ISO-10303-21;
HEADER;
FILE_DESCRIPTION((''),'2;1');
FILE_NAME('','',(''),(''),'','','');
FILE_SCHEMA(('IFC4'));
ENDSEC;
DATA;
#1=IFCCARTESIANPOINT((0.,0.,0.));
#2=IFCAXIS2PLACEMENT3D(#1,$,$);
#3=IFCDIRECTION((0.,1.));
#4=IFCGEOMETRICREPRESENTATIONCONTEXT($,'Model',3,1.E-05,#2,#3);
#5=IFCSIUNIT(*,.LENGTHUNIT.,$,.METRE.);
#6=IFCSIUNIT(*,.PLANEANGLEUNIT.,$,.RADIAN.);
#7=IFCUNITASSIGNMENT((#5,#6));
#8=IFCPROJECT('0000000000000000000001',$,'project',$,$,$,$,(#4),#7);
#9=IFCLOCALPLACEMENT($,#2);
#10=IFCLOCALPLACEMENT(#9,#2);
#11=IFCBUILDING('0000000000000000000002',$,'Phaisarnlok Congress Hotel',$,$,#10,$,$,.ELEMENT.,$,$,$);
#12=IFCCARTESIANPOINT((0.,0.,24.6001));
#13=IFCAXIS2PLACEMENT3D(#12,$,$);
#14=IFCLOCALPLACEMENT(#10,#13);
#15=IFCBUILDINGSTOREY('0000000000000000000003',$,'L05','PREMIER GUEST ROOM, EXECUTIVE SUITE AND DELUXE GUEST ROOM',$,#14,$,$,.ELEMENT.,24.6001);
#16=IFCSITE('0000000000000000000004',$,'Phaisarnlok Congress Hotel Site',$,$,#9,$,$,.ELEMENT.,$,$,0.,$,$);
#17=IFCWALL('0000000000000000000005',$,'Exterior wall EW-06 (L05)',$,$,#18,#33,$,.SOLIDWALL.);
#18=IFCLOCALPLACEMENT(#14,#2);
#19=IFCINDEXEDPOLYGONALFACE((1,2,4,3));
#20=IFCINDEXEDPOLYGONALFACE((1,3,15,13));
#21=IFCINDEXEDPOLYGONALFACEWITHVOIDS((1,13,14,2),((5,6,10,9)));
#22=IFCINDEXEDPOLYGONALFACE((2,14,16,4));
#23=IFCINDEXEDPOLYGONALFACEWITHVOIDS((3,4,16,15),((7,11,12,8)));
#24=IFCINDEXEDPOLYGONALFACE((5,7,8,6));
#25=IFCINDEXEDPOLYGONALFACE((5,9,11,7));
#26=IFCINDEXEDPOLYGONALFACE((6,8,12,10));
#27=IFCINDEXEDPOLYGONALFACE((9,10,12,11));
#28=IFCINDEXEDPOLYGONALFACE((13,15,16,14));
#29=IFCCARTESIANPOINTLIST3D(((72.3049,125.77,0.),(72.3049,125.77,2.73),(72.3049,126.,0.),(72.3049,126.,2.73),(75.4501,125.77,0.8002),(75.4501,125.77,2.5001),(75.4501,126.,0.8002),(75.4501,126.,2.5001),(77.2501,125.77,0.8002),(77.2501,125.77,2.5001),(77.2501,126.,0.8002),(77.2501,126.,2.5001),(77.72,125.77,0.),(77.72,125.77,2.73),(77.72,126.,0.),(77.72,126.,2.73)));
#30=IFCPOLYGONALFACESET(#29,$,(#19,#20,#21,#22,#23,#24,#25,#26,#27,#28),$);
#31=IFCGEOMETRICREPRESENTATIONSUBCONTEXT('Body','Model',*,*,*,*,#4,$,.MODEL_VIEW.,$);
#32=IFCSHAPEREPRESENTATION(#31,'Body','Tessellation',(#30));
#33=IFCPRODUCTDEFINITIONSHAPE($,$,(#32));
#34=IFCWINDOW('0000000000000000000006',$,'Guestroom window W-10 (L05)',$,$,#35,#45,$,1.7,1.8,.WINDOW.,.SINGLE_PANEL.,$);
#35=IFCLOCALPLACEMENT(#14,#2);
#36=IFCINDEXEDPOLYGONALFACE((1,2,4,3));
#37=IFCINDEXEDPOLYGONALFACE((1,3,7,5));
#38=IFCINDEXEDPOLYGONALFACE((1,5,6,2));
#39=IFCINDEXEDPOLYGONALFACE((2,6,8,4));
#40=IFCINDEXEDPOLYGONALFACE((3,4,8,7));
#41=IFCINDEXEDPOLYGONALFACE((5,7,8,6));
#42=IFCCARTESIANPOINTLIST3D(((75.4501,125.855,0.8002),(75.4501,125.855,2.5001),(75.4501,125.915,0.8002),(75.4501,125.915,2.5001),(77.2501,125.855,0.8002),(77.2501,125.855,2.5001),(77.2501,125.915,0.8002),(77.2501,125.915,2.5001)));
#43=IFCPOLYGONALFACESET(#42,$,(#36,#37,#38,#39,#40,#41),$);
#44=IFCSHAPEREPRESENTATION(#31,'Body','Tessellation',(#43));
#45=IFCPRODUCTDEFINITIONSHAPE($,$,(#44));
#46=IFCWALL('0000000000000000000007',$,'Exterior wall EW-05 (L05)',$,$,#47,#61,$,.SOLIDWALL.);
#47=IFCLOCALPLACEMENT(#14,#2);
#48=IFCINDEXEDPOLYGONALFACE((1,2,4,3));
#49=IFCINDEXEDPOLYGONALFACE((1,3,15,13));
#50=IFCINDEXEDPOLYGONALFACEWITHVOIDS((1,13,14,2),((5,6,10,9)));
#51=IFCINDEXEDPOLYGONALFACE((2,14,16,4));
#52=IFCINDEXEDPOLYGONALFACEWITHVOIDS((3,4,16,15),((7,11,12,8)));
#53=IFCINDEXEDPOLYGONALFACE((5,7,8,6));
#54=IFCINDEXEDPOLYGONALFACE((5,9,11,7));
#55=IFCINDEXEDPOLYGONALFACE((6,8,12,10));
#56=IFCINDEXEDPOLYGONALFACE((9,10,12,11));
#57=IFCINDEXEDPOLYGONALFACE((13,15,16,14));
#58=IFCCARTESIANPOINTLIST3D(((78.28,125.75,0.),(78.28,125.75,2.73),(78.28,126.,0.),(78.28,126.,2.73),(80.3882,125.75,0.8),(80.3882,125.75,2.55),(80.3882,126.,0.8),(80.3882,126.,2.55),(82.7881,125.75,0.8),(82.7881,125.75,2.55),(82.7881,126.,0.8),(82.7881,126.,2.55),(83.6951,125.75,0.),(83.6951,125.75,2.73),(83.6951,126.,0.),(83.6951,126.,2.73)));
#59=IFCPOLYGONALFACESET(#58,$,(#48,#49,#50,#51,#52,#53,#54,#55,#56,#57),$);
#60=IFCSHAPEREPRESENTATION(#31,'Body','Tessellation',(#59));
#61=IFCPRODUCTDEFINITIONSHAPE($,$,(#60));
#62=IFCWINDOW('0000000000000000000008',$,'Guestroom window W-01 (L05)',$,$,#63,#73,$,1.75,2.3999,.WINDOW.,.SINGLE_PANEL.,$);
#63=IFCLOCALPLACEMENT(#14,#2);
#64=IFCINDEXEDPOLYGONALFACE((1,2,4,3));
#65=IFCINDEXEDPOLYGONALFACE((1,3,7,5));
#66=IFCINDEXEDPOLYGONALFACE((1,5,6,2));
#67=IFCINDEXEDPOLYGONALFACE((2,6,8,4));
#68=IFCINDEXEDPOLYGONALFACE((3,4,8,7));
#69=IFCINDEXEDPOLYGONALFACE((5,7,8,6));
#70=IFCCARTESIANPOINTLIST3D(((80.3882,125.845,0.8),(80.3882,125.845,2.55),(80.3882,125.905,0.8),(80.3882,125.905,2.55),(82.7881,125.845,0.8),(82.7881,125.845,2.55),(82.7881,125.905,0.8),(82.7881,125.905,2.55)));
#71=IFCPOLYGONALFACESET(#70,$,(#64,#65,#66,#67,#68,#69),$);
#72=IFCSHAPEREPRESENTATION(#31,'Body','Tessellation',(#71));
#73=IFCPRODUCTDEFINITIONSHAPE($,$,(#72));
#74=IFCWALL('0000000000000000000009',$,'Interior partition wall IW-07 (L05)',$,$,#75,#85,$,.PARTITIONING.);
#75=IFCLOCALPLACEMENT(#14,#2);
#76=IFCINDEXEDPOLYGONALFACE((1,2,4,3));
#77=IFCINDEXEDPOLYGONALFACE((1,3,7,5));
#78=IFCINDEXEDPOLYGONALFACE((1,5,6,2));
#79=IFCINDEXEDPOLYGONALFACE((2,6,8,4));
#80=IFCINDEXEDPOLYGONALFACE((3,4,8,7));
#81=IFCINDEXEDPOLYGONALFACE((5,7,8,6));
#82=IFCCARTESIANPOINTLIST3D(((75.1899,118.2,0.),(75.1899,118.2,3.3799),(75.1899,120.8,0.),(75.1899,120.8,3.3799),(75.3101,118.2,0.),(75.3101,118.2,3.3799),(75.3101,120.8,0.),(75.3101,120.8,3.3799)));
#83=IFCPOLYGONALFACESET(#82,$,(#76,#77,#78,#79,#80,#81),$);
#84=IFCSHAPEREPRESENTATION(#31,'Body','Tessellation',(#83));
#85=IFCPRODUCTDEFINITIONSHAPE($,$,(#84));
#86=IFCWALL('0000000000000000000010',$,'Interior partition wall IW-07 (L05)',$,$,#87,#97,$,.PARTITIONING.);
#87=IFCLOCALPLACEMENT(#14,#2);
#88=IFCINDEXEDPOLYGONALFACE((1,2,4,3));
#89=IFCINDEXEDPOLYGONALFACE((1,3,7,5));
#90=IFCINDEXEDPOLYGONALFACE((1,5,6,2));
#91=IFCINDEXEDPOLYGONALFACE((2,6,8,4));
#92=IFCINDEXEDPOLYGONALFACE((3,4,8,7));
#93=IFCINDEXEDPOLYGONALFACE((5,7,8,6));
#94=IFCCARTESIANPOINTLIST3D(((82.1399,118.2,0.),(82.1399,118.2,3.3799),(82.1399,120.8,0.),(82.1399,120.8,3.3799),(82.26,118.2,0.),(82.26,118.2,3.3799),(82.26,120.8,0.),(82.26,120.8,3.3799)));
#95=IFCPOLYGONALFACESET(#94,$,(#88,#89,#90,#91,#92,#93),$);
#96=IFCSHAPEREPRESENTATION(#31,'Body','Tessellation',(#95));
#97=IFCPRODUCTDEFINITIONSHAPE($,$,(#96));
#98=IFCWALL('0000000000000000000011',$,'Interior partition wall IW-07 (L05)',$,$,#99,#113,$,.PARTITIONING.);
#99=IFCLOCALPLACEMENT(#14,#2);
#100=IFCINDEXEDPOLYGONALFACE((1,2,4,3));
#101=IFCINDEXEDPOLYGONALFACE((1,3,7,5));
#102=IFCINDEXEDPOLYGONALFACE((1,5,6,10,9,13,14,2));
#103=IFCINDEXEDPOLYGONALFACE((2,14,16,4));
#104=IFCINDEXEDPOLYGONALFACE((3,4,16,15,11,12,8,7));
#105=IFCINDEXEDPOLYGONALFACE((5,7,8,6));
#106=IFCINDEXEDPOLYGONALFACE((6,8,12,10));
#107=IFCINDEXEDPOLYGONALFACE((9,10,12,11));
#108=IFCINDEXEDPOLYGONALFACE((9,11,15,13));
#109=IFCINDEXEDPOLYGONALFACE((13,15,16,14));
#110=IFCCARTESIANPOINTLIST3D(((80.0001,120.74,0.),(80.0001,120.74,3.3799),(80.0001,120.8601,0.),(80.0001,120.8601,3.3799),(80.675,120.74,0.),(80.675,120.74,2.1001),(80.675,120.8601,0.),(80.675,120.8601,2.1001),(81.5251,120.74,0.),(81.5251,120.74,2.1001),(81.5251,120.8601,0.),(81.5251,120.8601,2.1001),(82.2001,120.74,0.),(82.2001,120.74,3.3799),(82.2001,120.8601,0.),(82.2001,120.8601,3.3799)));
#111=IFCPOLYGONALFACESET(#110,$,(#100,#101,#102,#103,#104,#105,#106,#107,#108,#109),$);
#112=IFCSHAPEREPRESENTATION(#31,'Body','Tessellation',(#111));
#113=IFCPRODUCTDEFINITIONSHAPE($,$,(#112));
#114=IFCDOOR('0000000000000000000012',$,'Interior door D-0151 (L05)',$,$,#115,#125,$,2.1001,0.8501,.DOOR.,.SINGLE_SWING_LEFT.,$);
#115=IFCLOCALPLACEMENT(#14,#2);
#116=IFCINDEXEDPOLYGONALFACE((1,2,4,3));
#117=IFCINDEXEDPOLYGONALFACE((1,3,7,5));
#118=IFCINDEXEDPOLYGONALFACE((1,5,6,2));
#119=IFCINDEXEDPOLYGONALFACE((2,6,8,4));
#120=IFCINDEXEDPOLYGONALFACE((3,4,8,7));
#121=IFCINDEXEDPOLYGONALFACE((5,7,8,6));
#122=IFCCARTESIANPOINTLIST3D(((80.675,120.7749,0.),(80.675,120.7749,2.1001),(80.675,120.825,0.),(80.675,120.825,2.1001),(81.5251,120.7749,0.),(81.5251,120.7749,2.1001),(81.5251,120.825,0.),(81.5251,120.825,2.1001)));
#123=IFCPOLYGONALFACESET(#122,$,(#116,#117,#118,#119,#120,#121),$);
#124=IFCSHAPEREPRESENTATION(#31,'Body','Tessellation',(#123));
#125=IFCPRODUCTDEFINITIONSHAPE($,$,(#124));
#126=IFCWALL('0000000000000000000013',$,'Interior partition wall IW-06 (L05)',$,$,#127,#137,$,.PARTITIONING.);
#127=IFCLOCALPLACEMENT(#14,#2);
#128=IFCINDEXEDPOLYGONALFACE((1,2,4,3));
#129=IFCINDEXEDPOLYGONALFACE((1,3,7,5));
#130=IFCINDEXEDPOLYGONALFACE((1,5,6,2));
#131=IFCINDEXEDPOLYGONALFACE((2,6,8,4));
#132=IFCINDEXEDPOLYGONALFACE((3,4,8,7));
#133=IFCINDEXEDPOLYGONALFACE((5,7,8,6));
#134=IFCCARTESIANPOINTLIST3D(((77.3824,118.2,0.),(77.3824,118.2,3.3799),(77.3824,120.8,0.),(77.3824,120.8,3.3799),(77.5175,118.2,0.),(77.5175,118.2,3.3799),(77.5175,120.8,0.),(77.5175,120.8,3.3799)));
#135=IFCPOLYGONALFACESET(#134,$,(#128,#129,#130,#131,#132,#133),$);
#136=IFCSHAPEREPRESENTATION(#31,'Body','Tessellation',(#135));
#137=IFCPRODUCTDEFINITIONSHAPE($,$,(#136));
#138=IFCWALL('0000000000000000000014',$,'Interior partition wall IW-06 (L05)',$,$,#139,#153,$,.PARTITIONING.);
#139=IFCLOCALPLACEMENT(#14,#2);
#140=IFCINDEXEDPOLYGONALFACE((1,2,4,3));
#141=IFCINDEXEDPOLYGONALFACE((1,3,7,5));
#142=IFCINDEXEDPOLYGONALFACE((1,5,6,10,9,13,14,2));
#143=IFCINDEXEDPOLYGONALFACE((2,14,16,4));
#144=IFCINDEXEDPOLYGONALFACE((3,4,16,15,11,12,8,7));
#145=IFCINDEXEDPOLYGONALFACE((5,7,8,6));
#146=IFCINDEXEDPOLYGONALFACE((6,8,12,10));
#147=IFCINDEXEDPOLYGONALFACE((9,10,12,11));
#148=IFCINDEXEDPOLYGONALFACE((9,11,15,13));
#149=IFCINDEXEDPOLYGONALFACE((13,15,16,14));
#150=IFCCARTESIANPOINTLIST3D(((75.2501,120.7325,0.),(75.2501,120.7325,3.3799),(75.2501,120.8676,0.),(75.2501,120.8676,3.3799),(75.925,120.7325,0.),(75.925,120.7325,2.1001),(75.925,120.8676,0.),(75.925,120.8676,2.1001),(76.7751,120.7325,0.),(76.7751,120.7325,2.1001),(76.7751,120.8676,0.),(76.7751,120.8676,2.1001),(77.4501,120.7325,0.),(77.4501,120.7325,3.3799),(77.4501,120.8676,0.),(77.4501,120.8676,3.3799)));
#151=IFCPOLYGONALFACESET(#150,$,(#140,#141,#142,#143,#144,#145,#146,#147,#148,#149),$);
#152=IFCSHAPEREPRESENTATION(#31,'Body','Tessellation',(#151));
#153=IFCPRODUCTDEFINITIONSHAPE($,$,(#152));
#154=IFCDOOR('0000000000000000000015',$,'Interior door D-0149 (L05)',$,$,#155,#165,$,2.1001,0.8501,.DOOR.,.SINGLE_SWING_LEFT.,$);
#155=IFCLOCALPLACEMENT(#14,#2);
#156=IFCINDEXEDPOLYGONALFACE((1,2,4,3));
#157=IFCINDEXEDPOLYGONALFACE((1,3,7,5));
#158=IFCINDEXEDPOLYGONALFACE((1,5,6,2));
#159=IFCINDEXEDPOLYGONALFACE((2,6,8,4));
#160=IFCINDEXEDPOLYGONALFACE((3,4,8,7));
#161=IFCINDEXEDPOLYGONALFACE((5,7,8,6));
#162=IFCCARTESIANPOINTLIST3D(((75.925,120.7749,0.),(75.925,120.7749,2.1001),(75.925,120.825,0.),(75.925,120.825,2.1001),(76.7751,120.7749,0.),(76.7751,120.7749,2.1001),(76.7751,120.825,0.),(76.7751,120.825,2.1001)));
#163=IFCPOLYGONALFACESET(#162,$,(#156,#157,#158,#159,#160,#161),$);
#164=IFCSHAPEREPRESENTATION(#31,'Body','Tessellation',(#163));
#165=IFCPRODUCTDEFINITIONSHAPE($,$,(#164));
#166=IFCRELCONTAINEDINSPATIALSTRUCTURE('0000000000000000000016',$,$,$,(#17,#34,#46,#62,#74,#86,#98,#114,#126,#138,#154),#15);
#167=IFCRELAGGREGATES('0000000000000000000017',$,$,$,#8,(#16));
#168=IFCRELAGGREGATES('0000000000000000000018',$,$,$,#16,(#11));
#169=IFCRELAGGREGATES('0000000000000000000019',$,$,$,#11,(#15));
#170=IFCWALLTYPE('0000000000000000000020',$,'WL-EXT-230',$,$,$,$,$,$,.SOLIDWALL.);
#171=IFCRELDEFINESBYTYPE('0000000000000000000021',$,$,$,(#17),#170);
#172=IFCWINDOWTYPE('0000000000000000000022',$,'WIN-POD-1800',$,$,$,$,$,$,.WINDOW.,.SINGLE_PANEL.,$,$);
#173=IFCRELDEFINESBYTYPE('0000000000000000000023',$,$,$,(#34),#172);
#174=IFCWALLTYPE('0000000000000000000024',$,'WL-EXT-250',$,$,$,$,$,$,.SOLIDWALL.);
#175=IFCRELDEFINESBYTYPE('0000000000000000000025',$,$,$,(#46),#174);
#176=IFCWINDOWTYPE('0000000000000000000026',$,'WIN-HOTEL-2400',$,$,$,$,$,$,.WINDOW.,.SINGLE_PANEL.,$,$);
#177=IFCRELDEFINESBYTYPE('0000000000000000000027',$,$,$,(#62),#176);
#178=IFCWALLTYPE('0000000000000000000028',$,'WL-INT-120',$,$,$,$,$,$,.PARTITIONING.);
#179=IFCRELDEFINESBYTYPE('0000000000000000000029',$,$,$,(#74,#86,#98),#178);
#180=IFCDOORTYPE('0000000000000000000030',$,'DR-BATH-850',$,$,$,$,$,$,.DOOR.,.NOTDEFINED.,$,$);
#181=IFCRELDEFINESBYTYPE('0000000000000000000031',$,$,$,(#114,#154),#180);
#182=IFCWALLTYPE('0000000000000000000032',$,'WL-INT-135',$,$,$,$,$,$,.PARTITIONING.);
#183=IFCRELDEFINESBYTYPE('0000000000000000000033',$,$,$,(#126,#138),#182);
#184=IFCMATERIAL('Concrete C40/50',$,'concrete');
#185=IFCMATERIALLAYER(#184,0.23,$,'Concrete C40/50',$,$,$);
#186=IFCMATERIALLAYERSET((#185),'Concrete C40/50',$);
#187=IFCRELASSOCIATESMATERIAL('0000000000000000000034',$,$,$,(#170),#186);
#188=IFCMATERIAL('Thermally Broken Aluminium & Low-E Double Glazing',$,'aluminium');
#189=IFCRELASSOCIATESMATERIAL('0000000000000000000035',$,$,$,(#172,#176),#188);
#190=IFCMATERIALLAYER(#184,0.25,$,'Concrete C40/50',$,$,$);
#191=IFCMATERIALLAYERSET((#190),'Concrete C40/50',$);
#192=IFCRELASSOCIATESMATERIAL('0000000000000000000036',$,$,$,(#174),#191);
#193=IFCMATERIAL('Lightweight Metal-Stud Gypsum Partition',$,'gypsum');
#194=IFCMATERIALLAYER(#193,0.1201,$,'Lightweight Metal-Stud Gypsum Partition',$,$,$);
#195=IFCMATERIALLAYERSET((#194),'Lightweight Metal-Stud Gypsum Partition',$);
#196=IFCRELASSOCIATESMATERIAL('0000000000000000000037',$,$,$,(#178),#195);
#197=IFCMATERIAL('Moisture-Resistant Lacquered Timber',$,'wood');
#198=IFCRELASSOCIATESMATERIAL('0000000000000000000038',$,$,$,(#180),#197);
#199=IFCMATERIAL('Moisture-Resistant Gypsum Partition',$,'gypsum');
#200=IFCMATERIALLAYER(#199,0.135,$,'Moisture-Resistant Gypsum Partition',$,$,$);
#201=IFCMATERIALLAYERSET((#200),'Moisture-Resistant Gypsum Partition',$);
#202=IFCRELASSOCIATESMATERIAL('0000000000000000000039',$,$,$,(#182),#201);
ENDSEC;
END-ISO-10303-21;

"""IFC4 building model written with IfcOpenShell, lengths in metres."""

from ifc_helpers import new_model, si_unit, direction, frame, frame_2d, origin, place, context, subcontext, project, spatial, rectangle, extrude, material, layer, layer_set, type_object, element, fill, save


model = new_model("IFC4")

# Units and contexts
model_context = context("Model", 3, precision=1e-05, world=origin(), true_north=direction((0.0, 1.0)))
body_context = subcontext(model_context, "Body", "Model", "MODEL_VIEW")
ifc_project = project(units=[si_unit("LENGTHUNIT", "METRE"), si_unit("PLANEANGLEUNIT", "RADIAN")], contexts=[model_context])

# Site, building, storey
site_placement = place(None, origin())
site = spatial("IfcSite", under=ifc_project, at=site_placement, Name="Phaisarnlok Congress Hotel Site", CompositionType="ELEMENT", RefElevation=0.0)
building_placement = place(site_placement, origin())
building = spatial("IfcBuilding", under=site, at=building_placement, Name="Phaisarnlok Congress Hotel", CompositionType="ELEMENT")
storey_placement = place(building_placement, frame((0.0, 0.0, 24.6001)))
storey = spatial("IfcBuildingStorey", under=building, at=storey_placement, Name="L05", Description="PREMIER GUEST ROOM, EXECUTIVE SUITE AND DELUXE GUEST ROOM", CompositionType="ELEMENT", Elevation=24.6001)

# Shared definitions
ifc_material_1 = material(Name="Concrete C40/50", Category="concrete")

# Walls, openings, windows
ifc_layer_1 = layer(ifc_material_1, 0.23, Name="Concrete C40/50")
ifc_layer_set_1 = layer_set([ifc_layer_1], Name="Concrete C40/50")
wall_type_1 = type_object("IfcWallType", Name="WL-EXT-230", PredefinedType="SOLIDWALL", material=ifc_layer_set_1)
wall_1_placement = place(storey_placement, frame((77.72, 125.885, 0.0), z_axis=(0.0, 0.0, 1.0), x_axis=(-1.0, 0.0, 0.0)))
wall_1 = element("IfcWall", 1, at=wall_1_placement, inside=storey, type_object=wall_type_1, Name="Exterior wall EW-06 (L05)", PredefinedType="SOLIDWALL", context=body_context, shape_type="SweptSolid", body=[
    extrude(rectangle(XDim=5.415, YDim=0.23, at=frame_2d((2.7075, 0.0))), origin(), (0.0, 0.0, 1.0), 2.73),
])
opening_1_placement = place(wall_1_placement, frame((0.47, 0.0, 0.8)))
opening_1 = element("IfcOpeningElement", 2, at=opening_1_placement, cuts=wall_1, PredefinedType="OPENING", context=body_context, shape_type="SweptSolid", body=[
    extrude(rectangle(XDim=1.8, YDim=1.7, at=frame_2d((0.8999, 0.8501))), frame((0.0, 0.125, 0.0), z_axis=(0.0, -1.0, 0.0), x_axis=(1.0, 0.0, 0.0)), (0.0, 0.0, 1.0), 0.25),
])
ifc_material_2 = material(Name="Thermally Broken Aluminium & Low-E Double Glazing", Category="aluminium")
window_type_1 = type_object("IfcWindowType", Name="WIN-POD-1800", PartitioningType="SINGLE_PANEL", PredefinedType="WINDOW", material=ifc_material_2)
window_1_placement = place(opening_1_placement, origin())
window_1 = element("IfcWindow", 3, at=window_1_placement, inside=storey, type_object=window_type_1, Name="Guestroom window W-10 (L05)", OverallHeight=1.7, OverallWidth=1.8, PartitioningType="SINGLE_PANEL", PredefinedType="WINDOW", context=body_context, shape_type="SweptSolid", body=[
    extrude(rectangle(XDim=1.8, YDim=1.7, at=frame_2d((0.8999, 0.8501))), frame((0.0, 0.03, 0.0), z_axis=(0.0, -1.0, 0.0), x_axis=(1.0, 0.0, 0.0)), (0.0, 0.0, 1.0), 0.0601),
])
fill(opening_1, window_1)
ifc_layer_2 = layer(ifc_material_1, 0.25, Name="Concrete C40/50")
ifc_layer_set_2 = layer_set([ifc_layer_2], Name="Concrete C40/50")
wall_type_2 = type_object("IfcWallType", Name="WL-EXT-250", PredefinedType="SOLIDWALL", material=ifc_layer_set_2)
wall_2_placement = place(storey_placement, frame((83.6951, 125.875, 0.0), z_axis=(0.0, 0.0, 1.0), x_axis=(-1.0, 0.0, 0.0)))
wall_2 = element("IfcWall", 4, at=wall_2_placement, inside=storey, type_object=wall_type_2, Name="Exterior wall EW-05 (L05)", PredefinedType="SOLIDWALL", context=body_context, shape_type="SweptSolid", body=[
    extrude(rectangle(XDim=5.415, YDim=0.25, at=frame_2d((2.7075, 0.0))), origin(), (0.0, 0.0, 1.0), 2.73),
])
opening_2_placement = place(wall_2_placement, frame((0.907, 0.0, 0.8)))
opening_2 = element("IfcOpeningElement", 5, at=opening_2_placement, cuts=wall_2, PredefinedType="OPENING", context=body_context, shape_type="SweptSolid", body=[
    extrude(rectangle(XDim=2.3999, YDim=1.75, at=frame_2d((1.2, 0.875))), frame((0.0, 0.135, 0.0), z_axis=(0.0, -1.0, 0.0), x_axis=(1.0, 0.0, 0.0)), (0.0, 0.0, 1.0), 0.27),
])
window_type_2 = type_object("IfcWindowType", Name="WIN-HOTEL-2400", PartitioningType="SINGLE_PANEL", PredefinedType="WINDOW", material=ifc_material_2)
window_2_placement = place(opening_2_placement, origin())
window_2 = element("IfcWindow", 6, at=window_2_placement, inside=storey, type_object=window_type_2, Name="Guestroom window W-01 (L05)", OverallHeight=1.75, OverallWidth=2.3999, PartitioningType="SINGLE_PANEL", PredefinedType="WINDOW", context=body_context, shape_type="SweptSolid", body=[
    extrude(rectangle(XDim=2.3999, YDim=1.75, at=frame_2d((1.2, 0.875))), frame((0.0, 0.03, 0.0), z_axis=(0.0, -1.0, 0.0), x_axis=(1.0, 0.0, 0.0)), (0.0, 0.0, 1.0), 0.0601),
])
fill(opening_2, window_2)

# Walls
ifc_material_3 = material(Name="Lightweight Metal-Stud Gypsum Partition", Category="gypsum")
ifc_layer_3 = layer(ifc_material_3, 0.1201, Name="Lightweight Metal-Stud Gypsum Partition")
ifc_layer_set_3 = layer_set([ifc_layer_3], Name="Lightweight Metal-Stud Gypsum Partition")
wall_type_3 = type_object("IfcWallType", Name="WL-INT-120", PredefinedType="PARTITIONING", material=ifc_layer_set_3)
for number, where, z_axis, x_axis, name in (
    (7, (75.25, 118.2, 0.0), (0.0, 0.0, 1.0), (0.0, 1.0, 0.0), "Interior partition wall IW-07 (L05)"),
    (8, (82.2, 118.2, 0.0), (0.0, 0.0, 1.0), (0.0, 1.0, 0.0), "Interior partition wall IW-07 (L05)"),
):
    element("IfcWall", number, at=place(storey_placement, frame(where, z_axis=z_axis, x_axis=x_axis)), inside=storey, type_object=wall_type_3, Name=name, PredefinedType="PARTITIONING", context=body_context, shape_type="SweptSolid", body=[
        extrude(rectangle(XDim=2.6001, YDim=0.1201, at=frame_2d((1.3, 0.0))), origin(), (0.0, 0.0, 1.0), 3.3799),
    ])

# Wall, opening, door
wall_3_placement = place(storey_placement, frame((80.0, 120.8, 0.0), z_axis=(0.0, 0.0, 1.0), x_axis=(1.0, 0.0, 0.0)))
wall_3 = element("IfcWall", 9, at=wall_3_placement, inside=storey, type_object=wall_type_3, Name="Interior partition wall IW-07 (L05)", PredefinedType="PARTITIONING", context=body_context, shape_type="SweptSolid", body=[
    extrude(rectangle(XDim=2.2, YDim=0.1201, at=frame_2d((1.1001, 0.0))), origin(), (0.0, 0.0, 1.0), 3.3799),
])
opening_3_placement = place(wall_3_placement, frame((0.675, 0.0, 0.0)))
opening_3 = element("IfcOpeningElement", 10, at=opening_3_placement, cuts=wall_3, PredefinedType="OPENING", context=body_context, shape_type="SweptSolid", body=[
    extrude(rectangle(XDim=0.8501, YDim=2.1001, at=frame_2d((0.425, 1.05))), frame((0.0, 0.0701, 0.0), z_axis=(0.0, -1.0, 0.0), x_axis=(1.0, 0.0, 0.0)), (0.0, 0.0, 1.0), 0.1401),
])
ifc_material_4 = material(Name="Moisture-Resistant Lacquered Timber", Category="wood")
door_type = type_object("IfcDoorType", Name="DR-BATH-850", OperationType="NOTDEFINED", PredefinedType="DOOR", material=ifc_material_4)
door_1_placement = place(opening_3_placement, origin())
door_1 = element("IfcDoor", 11, at=door_1_placement, inside=storey, type_object=door_type, Name="Interior door D-0151 (L05)", OperationType="SINGLE_SWING_LEFT", OverallHeight=2.1001, OverallWidth=0.8501, PredefinedType="DOOR", context=body_context, shape_type="SweptSolid", body=[
    extrude(rectangle(XDim=0.8501, YDim=2.1001, at=frame_2d((0.425, 1.05))), frame((0.0, 0.0249, 0.0), z_axis=(0.0, -1.0, 0.0), x_axis=(1.0, 0.0, 0.0)), (0.0, 0.0, 1.0), 0.05),
])
fill(opening_3, door_1)

# Wall
ifc_material_5 = material(Name="Moisture-Resistant Gypsum Partition", Category="gypsum")
ifc_layer_4 = layer(ifc_material_5, 0.135, Name="Moisture-Resistant Gypsum Partition")
ifc_layer_set_4 = layer_set([ifc_layer_4], Name="Moisture-Resistant Gypsum Partition")
wall_type_4 = type_object("IfcWallType", Name="WL-INT-135", PredefinedType="PARTITIONING", material=ifc_layer_set_4)
wall_4_placement = place(storey_placement, frame((77.45, 118.2, 0.0), z_axis=(0.0, 0.0, 1.0), x_axis=(0.0, 1.0, 0.0)))
element("IfcWall", 12, at=wall_4_placement, inside=storey, type_object=wall_type_4, Name="Interior partition wall IW-06 (L05)", PredefinedType="PARTITIONING", context=body_context, shape_type="SweptSolid", body=[
    extrude(rectangle(XDim=2.6001, YDim=0.135, at=frame_2d((1.3, 0.0))), origin(), (0.0, 0.0, 1.0), 3.3799),
])

# Wall, opening, door
wall_5_placement = place(storey_placement, frame((75.25, 120.8, 0.0), z_axis=(0.0, 0.0, 1.0), x_axis=(1.0, 0.0, 0.0)))
wall_5 = element("IfcWall", 13, at=wall_5_placement, inside=storey, type_object=wall_type_4, Name="Interior partition wall IW-06 (L05)", PredefinedType="PARTITIONING", context=body_context, shape_type="SweptSolid", body=[
    extrude(rectangle(XDim=2.2, YDim=0.135, at=frame_2d((1.1001, 0.0))), origin(), (0.0, 0.0, 1.0), 3.3799),
])
opening_4_placement = place(wall_5_placement, frame((0.675, 0.0, 0.0)))
opening_4 = element("IfcOpeningElement", 14, at=opening_4_placement, cuts=wall_5, PredefinedType="OPENING", context=body_context, shape_type="SweptSolid", body=[
    extrude(rectangle(XDim=0.8501, YDim=2.1001, at=frame_2d((0.425, 1.05))), frame((0.0, 0.0776, 0.0), z_axis=(0.0, -1.0, 0.0), x_axis=(1.0, 0.0, 0.0)), (0.0, 0.0, 1.0), 0.155),
])
door_2_placement = place(opening_4_placement, origin())
door_2 = element("IfcDoor", 15, at=door_2_placement, inside=storey, type_object=door_type, Name="Interior door D-0149 (L05)", OperationType="SINGLE_SWING_LEFT", OverallHeight=2.1001, OverallWidth=0.8501, PredefinedType="DOOR", context=body_context, shape_type="SweptSolid", body=[
    extrude(rectangle(XDim=0.8501, YDim=2.1001, at=frame_2d((0.425, 1.05))), frame((0.0, 0.0249, 0.0), z_axis=(0.0, -1.0, 0.0), x_axis=(1.0, 0.0, 0.0)), (0.0, 0.0, 1.0), 0.05),
])
fill(opening_4, door_2)

save(model, "model.ifc")
